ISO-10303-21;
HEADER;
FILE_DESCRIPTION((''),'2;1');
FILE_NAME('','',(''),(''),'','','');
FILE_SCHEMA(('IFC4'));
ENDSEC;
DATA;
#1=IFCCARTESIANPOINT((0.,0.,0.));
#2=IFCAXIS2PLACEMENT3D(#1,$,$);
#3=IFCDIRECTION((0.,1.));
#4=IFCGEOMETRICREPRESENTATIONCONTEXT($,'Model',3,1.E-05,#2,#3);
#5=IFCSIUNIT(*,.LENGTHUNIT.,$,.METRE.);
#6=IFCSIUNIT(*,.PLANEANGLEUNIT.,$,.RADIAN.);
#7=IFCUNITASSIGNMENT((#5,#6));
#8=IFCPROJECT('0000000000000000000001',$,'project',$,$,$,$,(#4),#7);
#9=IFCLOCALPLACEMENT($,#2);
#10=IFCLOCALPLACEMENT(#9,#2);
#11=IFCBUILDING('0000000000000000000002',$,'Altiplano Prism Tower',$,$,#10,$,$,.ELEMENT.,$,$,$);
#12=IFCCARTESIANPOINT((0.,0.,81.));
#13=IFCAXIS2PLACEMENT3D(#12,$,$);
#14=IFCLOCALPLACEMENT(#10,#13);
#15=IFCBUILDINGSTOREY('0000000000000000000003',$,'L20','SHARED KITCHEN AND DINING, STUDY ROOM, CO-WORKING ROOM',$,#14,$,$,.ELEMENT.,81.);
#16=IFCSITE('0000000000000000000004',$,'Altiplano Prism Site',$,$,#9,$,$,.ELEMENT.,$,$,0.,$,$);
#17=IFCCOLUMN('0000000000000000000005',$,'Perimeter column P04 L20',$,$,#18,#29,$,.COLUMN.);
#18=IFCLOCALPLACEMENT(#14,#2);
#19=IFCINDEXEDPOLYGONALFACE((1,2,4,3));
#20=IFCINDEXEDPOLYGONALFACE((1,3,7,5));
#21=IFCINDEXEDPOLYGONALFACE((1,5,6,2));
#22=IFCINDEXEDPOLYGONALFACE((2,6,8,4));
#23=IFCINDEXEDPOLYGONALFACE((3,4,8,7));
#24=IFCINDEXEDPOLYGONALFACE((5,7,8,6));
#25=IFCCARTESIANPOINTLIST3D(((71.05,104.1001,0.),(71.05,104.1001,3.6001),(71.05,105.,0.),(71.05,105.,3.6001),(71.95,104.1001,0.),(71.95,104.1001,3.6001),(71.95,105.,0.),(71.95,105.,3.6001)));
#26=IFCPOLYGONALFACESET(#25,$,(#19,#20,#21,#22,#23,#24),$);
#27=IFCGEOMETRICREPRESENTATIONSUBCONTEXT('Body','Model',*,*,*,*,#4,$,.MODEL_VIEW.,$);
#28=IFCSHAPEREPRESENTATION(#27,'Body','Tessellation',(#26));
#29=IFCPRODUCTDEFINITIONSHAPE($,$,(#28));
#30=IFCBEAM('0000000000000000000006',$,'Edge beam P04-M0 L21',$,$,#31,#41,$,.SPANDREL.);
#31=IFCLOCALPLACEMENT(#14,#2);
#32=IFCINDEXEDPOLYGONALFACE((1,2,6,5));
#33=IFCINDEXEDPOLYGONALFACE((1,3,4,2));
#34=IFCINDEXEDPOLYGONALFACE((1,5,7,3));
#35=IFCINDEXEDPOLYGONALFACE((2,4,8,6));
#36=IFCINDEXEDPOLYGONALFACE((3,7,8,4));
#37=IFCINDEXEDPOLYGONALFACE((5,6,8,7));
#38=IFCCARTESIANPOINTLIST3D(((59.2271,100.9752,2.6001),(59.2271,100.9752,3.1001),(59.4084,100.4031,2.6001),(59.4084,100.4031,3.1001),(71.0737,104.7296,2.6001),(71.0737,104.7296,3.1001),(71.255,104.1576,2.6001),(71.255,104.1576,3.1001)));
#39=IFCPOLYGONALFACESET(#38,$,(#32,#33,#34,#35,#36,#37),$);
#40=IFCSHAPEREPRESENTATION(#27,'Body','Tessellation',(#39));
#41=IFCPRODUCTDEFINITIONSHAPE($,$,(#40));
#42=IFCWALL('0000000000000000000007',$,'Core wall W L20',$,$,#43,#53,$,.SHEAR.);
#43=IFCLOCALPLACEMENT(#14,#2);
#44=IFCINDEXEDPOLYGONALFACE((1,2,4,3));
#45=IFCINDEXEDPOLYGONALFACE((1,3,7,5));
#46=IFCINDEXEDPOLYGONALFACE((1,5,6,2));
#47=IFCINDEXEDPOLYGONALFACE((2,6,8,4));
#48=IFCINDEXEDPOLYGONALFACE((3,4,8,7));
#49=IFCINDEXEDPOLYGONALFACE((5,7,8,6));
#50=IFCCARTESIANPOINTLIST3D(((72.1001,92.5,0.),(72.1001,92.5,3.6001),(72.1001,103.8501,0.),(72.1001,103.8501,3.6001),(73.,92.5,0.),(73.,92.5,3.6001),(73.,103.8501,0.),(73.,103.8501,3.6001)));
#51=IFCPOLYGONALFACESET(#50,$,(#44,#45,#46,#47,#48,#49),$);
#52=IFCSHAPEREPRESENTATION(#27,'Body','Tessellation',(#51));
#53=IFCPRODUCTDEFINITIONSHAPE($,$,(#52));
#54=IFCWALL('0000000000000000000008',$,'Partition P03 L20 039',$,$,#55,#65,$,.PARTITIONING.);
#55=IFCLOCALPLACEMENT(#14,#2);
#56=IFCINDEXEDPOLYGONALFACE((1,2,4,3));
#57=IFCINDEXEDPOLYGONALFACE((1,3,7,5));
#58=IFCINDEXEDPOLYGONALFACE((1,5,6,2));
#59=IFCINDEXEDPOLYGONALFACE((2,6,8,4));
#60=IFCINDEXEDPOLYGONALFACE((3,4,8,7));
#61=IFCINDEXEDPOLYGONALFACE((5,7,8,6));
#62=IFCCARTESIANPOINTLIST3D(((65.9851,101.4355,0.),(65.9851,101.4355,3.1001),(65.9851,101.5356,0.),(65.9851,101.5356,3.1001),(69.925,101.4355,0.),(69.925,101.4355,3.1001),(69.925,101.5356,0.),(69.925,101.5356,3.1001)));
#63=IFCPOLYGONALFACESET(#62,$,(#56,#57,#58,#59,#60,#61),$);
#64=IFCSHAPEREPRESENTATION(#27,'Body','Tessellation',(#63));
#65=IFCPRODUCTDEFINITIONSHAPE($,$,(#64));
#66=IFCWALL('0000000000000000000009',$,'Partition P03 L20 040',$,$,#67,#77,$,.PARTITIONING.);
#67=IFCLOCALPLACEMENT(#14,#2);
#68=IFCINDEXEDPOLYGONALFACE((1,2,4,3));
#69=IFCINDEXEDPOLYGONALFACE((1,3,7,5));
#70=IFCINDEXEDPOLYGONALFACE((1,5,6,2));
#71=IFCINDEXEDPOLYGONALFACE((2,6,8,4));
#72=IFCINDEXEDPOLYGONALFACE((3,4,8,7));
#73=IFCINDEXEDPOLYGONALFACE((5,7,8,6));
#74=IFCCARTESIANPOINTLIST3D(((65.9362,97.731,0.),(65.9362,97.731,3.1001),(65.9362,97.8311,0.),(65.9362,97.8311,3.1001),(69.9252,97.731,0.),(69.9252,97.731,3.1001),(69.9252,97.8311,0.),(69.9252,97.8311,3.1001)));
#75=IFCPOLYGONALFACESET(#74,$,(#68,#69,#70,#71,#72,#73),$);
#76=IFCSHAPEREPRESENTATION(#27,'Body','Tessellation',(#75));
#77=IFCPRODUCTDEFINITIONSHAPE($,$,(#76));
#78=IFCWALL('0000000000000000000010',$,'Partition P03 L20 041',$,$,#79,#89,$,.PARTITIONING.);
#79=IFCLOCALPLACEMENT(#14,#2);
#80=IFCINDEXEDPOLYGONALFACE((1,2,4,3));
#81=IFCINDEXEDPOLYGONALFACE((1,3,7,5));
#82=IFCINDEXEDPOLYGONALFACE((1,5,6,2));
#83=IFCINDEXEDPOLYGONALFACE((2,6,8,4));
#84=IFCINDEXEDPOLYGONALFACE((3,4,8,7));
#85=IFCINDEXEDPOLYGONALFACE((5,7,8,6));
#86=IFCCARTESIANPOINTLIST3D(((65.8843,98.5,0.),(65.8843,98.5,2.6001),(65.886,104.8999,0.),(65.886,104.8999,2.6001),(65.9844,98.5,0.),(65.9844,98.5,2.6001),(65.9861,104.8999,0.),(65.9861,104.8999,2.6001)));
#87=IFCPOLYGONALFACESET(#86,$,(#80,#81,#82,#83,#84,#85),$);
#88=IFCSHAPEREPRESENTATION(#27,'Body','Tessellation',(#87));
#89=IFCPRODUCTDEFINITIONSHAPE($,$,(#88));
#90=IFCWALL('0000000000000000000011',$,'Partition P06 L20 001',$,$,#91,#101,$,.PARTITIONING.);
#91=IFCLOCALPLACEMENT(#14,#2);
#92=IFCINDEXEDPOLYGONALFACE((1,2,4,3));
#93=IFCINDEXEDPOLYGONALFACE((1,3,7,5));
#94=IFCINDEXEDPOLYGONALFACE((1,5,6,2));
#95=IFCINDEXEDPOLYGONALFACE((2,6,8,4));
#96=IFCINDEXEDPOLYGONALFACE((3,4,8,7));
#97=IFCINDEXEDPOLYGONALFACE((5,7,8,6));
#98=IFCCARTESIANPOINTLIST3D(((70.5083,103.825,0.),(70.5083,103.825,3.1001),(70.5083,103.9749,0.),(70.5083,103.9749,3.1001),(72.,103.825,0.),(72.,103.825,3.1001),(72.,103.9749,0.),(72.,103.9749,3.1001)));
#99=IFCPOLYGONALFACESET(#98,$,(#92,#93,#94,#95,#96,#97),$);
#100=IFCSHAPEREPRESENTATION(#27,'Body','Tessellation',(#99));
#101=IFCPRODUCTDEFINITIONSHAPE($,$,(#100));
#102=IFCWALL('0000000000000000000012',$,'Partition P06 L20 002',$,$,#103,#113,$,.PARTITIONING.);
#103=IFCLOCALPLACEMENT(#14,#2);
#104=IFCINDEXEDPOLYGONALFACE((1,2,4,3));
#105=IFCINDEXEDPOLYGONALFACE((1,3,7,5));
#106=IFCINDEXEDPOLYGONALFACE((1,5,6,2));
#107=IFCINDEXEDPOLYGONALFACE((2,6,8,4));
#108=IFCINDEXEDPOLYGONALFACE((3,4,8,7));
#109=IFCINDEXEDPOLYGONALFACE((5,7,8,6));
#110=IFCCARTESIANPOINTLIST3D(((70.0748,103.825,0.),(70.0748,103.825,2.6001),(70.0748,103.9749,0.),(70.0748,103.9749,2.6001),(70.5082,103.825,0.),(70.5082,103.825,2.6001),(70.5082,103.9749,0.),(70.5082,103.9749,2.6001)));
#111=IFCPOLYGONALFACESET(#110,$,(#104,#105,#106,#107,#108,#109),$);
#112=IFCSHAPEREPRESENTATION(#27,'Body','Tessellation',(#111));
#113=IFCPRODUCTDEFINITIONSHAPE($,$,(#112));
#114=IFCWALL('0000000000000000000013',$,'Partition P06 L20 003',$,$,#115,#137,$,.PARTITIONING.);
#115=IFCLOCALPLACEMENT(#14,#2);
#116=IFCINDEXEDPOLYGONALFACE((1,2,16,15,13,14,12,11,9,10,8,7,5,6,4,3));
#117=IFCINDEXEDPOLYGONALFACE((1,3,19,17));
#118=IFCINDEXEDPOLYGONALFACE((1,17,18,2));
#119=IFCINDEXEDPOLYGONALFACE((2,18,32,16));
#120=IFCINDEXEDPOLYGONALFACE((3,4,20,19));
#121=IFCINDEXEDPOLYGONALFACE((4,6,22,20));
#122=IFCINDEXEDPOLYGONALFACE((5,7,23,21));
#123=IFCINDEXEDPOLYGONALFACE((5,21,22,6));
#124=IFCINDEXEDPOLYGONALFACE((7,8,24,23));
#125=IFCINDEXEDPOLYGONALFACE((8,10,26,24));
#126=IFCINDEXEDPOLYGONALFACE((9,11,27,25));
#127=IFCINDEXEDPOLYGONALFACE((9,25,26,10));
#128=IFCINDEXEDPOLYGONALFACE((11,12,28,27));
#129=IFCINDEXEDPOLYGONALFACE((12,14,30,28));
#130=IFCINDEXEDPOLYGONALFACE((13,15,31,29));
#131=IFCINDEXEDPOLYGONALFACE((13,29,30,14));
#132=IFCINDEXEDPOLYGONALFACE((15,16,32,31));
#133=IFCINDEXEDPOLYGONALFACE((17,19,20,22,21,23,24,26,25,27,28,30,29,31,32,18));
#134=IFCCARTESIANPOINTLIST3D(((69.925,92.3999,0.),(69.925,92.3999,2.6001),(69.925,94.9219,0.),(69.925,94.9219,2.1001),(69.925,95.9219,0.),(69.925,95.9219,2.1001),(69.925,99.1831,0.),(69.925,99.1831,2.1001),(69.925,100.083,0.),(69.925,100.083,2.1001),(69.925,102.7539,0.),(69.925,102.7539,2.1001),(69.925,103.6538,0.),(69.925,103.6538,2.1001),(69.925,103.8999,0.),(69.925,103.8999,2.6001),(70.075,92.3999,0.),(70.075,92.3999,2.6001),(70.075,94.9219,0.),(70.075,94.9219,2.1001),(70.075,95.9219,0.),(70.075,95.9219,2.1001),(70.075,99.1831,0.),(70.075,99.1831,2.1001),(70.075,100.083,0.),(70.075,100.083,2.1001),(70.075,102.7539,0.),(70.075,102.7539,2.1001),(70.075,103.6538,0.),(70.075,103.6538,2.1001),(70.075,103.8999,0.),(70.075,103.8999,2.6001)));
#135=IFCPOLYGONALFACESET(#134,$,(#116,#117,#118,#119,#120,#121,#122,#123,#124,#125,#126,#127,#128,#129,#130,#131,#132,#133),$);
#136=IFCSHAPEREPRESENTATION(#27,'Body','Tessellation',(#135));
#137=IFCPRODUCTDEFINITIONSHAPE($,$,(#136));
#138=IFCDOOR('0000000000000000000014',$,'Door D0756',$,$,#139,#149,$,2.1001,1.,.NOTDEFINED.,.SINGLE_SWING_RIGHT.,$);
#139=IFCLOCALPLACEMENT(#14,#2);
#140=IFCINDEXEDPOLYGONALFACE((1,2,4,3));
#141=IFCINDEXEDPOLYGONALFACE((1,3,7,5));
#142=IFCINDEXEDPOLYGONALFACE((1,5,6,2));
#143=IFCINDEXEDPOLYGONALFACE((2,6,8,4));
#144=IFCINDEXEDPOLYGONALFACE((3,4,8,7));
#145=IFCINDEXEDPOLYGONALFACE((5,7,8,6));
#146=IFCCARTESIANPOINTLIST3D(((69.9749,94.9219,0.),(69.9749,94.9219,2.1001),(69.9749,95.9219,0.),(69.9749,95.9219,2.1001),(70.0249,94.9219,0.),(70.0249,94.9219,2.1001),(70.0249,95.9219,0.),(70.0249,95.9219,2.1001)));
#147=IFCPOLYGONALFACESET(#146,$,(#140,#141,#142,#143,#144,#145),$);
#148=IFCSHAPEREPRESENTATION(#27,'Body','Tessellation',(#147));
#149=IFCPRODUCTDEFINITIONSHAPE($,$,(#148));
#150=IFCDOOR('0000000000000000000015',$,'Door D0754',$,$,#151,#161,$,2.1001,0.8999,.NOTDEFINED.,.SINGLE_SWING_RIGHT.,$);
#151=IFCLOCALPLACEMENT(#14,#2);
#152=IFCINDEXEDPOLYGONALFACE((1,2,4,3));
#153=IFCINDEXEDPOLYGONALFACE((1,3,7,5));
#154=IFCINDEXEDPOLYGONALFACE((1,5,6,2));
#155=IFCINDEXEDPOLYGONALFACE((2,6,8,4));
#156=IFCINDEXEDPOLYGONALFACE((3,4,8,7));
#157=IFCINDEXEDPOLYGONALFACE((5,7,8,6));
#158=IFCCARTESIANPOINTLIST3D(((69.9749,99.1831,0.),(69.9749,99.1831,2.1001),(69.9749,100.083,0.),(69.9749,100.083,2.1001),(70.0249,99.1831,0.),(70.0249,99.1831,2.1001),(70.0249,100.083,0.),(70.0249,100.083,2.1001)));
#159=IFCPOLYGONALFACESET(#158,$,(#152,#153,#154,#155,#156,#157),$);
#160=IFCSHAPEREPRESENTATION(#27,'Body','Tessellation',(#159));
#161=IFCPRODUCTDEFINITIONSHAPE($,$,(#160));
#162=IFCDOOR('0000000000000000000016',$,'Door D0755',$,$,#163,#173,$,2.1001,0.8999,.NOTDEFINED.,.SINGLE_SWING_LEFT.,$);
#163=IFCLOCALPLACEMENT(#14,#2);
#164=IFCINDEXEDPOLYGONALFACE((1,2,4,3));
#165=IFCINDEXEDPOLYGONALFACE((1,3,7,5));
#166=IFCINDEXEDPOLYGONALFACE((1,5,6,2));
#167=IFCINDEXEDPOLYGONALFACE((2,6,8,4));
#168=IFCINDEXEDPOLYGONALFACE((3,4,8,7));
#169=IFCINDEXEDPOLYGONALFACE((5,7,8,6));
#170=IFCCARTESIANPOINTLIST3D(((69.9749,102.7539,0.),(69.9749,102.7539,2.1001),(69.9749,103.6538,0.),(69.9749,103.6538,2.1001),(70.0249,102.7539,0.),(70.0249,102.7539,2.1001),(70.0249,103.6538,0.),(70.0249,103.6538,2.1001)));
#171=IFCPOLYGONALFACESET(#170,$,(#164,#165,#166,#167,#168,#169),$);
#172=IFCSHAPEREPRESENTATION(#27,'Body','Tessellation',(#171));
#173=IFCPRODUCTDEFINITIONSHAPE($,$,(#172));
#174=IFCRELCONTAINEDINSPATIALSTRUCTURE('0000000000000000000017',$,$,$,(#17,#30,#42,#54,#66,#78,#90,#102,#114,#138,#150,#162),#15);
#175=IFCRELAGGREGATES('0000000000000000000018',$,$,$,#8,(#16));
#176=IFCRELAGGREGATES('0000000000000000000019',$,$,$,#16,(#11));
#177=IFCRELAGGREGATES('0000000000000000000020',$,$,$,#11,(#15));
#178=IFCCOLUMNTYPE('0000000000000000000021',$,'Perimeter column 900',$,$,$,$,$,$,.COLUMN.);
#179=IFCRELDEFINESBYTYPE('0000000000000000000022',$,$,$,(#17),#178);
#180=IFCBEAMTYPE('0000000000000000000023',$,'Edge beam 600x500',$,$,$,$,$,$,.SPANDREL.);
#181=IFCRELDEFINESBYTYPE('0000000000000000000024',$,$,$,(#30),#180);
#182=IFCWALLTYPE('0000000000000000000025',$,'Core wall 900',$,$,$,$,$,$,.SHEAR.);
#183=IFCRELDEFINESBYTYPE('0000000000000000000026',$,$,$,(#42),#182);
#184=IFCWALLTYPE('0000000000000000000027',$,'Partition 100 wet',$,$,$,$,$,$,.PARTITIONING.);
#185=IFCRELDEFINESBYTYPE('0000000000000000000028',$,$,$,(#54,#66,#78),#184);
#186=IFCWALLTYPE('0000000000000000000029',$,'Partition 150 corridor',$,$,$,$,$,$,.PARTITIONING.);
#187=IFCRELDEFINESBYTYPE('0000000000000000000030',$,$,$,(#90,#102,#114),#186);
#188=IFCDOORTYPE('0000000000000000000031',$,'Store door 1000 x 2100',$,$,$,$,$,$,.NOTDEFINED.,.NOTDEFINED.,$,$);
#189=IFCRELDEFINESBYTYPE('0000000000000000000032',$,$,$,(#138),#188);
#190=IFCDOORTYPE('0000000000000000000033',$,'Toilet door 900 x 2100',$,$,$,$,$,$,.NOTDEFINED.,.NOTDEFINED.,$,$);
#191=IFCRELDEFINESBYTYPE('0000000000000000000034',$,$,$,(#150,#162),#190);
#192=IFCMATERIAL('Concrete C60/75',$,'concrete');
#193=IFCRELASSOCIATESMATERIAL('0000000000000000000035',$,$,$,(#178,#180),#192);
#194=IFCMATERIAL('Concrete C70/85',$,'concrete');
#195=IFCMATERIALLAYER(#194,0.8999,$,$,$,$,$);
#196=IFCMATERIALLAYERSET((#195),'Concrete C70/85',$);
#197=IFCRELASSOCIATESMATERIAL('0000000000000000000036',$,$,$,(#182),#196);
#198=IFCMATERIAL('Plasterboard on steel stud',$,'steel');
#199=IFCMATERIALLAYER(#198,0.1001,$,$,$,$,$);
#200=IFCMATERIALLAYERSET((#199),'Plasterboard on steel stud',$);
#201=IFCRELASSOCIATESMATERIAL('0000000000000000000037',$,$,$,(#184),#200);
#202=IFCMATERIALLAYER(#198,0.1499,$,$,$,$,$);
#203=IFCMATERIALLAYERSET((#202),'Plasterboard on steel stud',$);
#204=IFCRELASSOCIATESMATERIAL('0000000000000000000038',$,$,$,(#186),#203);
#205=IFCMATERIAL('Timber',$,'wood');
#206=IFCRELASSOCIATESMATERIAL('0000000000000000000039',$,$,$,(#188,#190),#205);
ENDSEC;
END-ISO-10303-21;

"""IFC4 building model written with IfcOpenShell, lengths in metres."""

from ifc_helpers import new_model, si_unit, direction, frame, frame_2d, origin, origin_2d, place, context, subcontext, project, spatial, rectangle, extrude, material, layer, layer_set, material_profile, profile_set, type_object, element, fill, save


model = new_model("IFC4")

# Units and contexts
model_context = context("Model", 3, precision=1e-05, world=origin(), true_north=direction((0.0, 1.0)))
body_context = subcontext(model_context, "Body", "Model", "MODEL_VIEW")
ifc_project = project(units=[si_unit("LENGTHUNIT", "METRE"), si_unit("PLANEANGLEUNIT", "RADIAN")], contexts=[model_context])

# Site, building, storey
site_placement = place(None, origin())
site = spatial("IfcSite", under=ifc_project, at=site_placement, Name="Altiplano Prism Site", CompositionType="ELEMENT", RefElevation=0.0)
building_placement = place(site_placement, origin())
building = spatial("IfcBuilding", under=site, at=building_placement, Name="Altiplano Prism Tower", CompositionType="ELEMENT")
storey_placement = place(building_placement, frame((0.0, 0.0, 81.0)))
storey = spatial("IfcBuildingStorey", under=building, at=storey_placement, Name="L20", Description="SHARED KITCHEN AND DINING, STUDY ROOM, CO-WORKING ROOM", CompositionType="ELEMENT", Elevation=81.0)

# Column
ifc_material_1 = material(Name="Concrete C60/75", Category="concrete")
ifc_material_profile_1 = material_profile(ifc_material_1, rectangle(XDim=0.8999, YDim=0.8999, at=origin_2d()), Name="Perimeter column 900")
ifc_profile_set_1 = profile_set([ifc_material_profile_1], Name="Concrete C60/75")
column_type = type_object("IfcColumnType", Name="Perimeter column 900", PredefinedType="COLUMN", material=ifc_profile_set_1)
column_placement = place(storey_placement, frame((71.5, 104.55, 0.0), z_axis=(0.0, 0.0, 1.0), x_axis=(1.0, 0.0, 0.0)))
element("IfcColumn", 1, at=column_placement, inside=storey, type_object=column_type, Name="Perimeter column P04 L20", PredefinedType="COLUMN", context=body_context, shape_type="SweptSolid", body=[
    extrude(rectangle(XDim=0.8999, YDim=0.8999, at=origin_2d()), origin(), (0.0, 0.0, 1.0), 3.6001),
])

# Beam
ifc_material_profile_2 = material_profile(ifc_material_1, rectangle(XDim=0.6001, YDim=0.5, at=origin_2d()), Name="Edge beam 600x500")
ifc_profile_set_2 = profile_set([ifc_material_profile_2], Name="Concrete C60/75")
beam_type = type_object("IfcBeamType", Name="Edge beam 600x500", PredefinedType="SPANDREL", material=ifc_profile_set_2)
beam_placement = place(storey_placement, frame((71.1643, 104.4436, 2.8501), z_axis=(-0.953272, -0.302113, 0.0), x_axis=(0.302113, -0.953272, 0.0)))
element("IfcBeam", 2, at=beam_placement, inside=storey, type_object=beam_type, Name="Edge beam P04-M0 L21", PredefinedType="SPANDREL", context=body_context, shape_type="SweptSolid", body=[
    extrude(rectangle(XDim=0.6001, YDim=0.5, at=origin_2d()), origin(), (0.0, 0.0, 1.0), 12.4272),
])

# Walls
ifc_material_2 = material(Name="Concrete C70/85", Category="concrete")
ifc_layer_1 = layer(ifc_material_2, 0.8999)
ifc_layer_set_1 = layer_set([ifc_layer_1], Name="Concrete C70/85")
wall_type_1 = type_object("IfcWallType", Name="Core wall 900", PredefinedType="SHEAR", material=ifc_layer_set_1)
wall_1_placement = place(storey_placement, frame((72.55, 103.8501, 0.0), z_axis=(0.0, 0.0, 1.0), x_axis=(0.0, -1.0, 0.0)))
element("IfcWall", 3, at=wall_1_placement, inside=storey, type_object=wall_type_1, Name="Core wall W L20", PredefinedType="SHEAR", context=body_context, shape_type="SweptSolid", body=[
    extrude(rectangle(XDim=11.3501, YDim=0.8999, at=frame_2d((5.675, 0.0))), origin(), (0.0, 0.0, 1.0), 3.6001),
])
ifc_material_3 = material(Name="Plasterboard on steel stud", Category="steel")
ifc_layer_2 = layer(ifc_material_3, 0.1001)
ifc_layer_set_2 = layer_set([ifc_layer_2], Name="Plasterboard on steel stud")
wall_type_2 = type_object("IfcWallType", Name="Partition 100 wet", PredefinedType="PARTITIONING", material=ifc_layer_set_2)
wall_2_placement = place(storey_placement, frame((69.925, 101.4856, 0.0), z_axis=(0.0, 0.0, 1.0), x_axis=(-1.0, 0.0, 0.0)))
element("IfcWall", 4, at=wall_2_placement, inside=storey, type_object=wall_type_2, Name="Partition P03 L20 039", PredefinedType="PARTITIONING", context=body_context, shape_type="SweptSolid", body=[
    extrude(rectangle(XDim=3.9399, YDim=0.1001, at=frame_2d((1.97, 0.0))), origin(), (0.0, 0.0, 1.0), 3.1001),
])
wall_3_placement = place(storey_placement, frame((65.936, 97.781, 0.0), z_axis=(0.0, 0.0, 1.0), x_axis=(1.0, 0.0, 0.0)))
element("IfcWall", 5, at=wall_3_placement, inside=storey, type_object=wall_type_2, Name="Partition P03 L20 040", PredefinedType="PARTITIONING", context=body_context, shape_type="SweptSolid", body=[
    extrude(rectangle(XDim=3.989, YDim=0.1001, at=frame_2d((1.9946, 0.0))), origin(), (0.0, 0.0, 1.0), 3.1001),
])
wall_4_placement = place(storey_placement, frame((65.936, 104.8999, 0.0), z_axis=(0.0, 0.0, 1.0), x_axis=(-0.000267, -1.0, 0.0)))
element("IfcWall", 6, at=wall_4_placement, inside=storey, type_object=wall_type_2, Name="Partition P03 L20 041", PredefinedType="PARTITIONING", context=body_context, shape_type="SweptSolid", body=[
    extrude(rectangle(XDim=6.3999, YDim=0.1001, at=frame_2d((3.2, 0.0))), origin(), (0.0, 0.0, 1.0), 2.6001),
])
ifc_layer_3 = layer(ifc_material_3, 0.1499)
ifc_layer_set_3 = layer_set([ifc_layer_3], Name="Plasterboard on steel stud")
wall_type_3 = type_object("IfcWallType", Name="Partition 150 corridor", PredefinedType="PARTITIONING", material=ifc_layer_set_3)
wall_5_placement = place(storey_placement, frame((72.0, 103.8999, 0.0), z_axis=(0.0, 0.0, 1.0), x_axis=(-1.0, 0.0, 0.0)))
element("IfcWall", 7, at=wall_5_placement, inside=storey, type_object=wall_type_3, Name="Partition P06 L20 001", PredefinedType="PARTITIONING", context=body_context, shape_type="SweptSolid", body=[
    extrude(rectangle(XDim=1.4917, YDim=0.1499, at=frame_2d((0.7458, 0.0))), origin(), (0.0, 0.0, 1.0), 3.1001),
])
wall_6_placement = place(storey_placement, frame((70.5083, 103.8999, 0.0), z_axis=(0.0, 0.0, 1.0), x_axis=(-1.0, 0.0, 0.0)))
element("IfcWall", 8, at=wall_6_placement, inside=storey, type_object=wall_type_3, Name="Partition P06 L20 002", PredefinedType="PARTITIONING", context=body_context, shape_type="SweptSolid", body=[
    extrude(rectangle(XDim=0.4333, YDim=0.1499, at=frame_2d((0.2168, 0.0))), origin(), (0.0, 0.0, 1.0), 2.6001),
])

# Wall, openings, doors
wall_7_placement = place(storey_placement, frame((70.0, 103.8999, 0.0), z_axis=(0.0, 0.0, 1.0), x_axis=(0.0, -1.0, 0.0)))
wall_7 = element("IfcWall", 9, at=wall_7_placement, inside=storey, type_object=wall_type_3, Name="Partition P06 L20 003", PredefinedType="PARTITIONING", context=body_context, shape_type="SweptSolid", body=[
    extrude(rectangle(XDim=11.5, YDim=0.1499, at=frame_2d((5.75, 0.0))), origin(), (0.0, 0.0, 1.0), 2.6001),
])
opening_1_placement = place(wall_7_placement, frame((3.8169, 0.0, 0.0)))
opening_1 = element("IfcOpeningElement", 10, at=opening_1_placement, cuts=wall_7, PredefinedType="OPENING", context=body_context, shape_type="SweptSolid", body=[
    extrude(rectangle(XDim=0.8999, YDim=2.1001, at=frame_2d((0.45, 1.05))), frame((0.0, 0.0854, 0.0), z_axis=(0.0, -1.0, 0.0), x_axis=(1.0, 0.0, 0.0)), (0.0, 0.0, 1.0), 0.1709),
])
opening_2_placement = place(wall_7_placement, frame((0.2461, 0.0, 0.0)))
opening_2 = element("IfcOpeningElement", 11, at=opening_2_placement, cuts=wall_7, PredefinedType="OPENING", context=body_context, shape_type="SweptSolid", body=[
    extrude(rectangle(XDim=0.8999, YDim=2.1001, at=frame_2d((0.45, 1.05))), frame((0.0, 0.0854, 0.0), z_axis=(0.0, -1.0, 0.0), x_axis=(1.0, 0.0, 0.0)), (0.0, 0.0, 1.0), 0.1709),
])
opening_3_placement = place(wall_7_placement, frame((7.978, 0.0, 0.0)))
opening_3 = element("IfcOpeningElement", 12, at=opening_3_placement, cuts=wall_7, PredefinedType="OPENING", context=body_context, shape_type="SweptSolid", body=[
    extrude(rectangle(XDim=1.0, YDim=2.1001, at=frame_2d((0.5, 1.05))), frame((0.0, 0.0854, 0.0), z_axis=(0.0, -1.0, 0.0), x_axis=(1.0, 0.0, 0.0)), (0.0, 0.0, 1.0), 0.1709),
])
ifc_material_4 = material(Name="Timber", Category="wood")
door_type_1 = type_object("IfcDoorType", Name="Store door 1000 x 2100", OperationType="NOTDEFINED", PredefinedType="NOTDEFINED", material=ifc_material_4)
door_1_placement = place(opening_3_placement, origin())
door_1 = element("IfcDoor", 13, at=door_1_placement, inside=storey, type_object=door_type_1, Name="Door D0756", OperationType="SINGLE_SWING_RIGHT", OverallHeight=2.1001, OverallWidth=1.0, PredefinedType="NOTDEFINED", context=body_context, shape_type="SweptSolid", body=[
    extrude(rectangle(XDim=1.0, YDim=2.1001, at=frame_2d((0.5, 1.05))), frame((0.0, 0.0249, 0.0), z_axis=(0.0, -1.0, 0.0), x_axis=(1.0, 0.0, 0.0)), (0.0, 0.0, 1.0), 0.05),
])
fill(opening_3, door_1)
door_type_2 = type_object("IfcDoorType", Name="Toilet door 900 x 2100", OperationType="NOTDEFINED", PredefinedType="NOTDEFINED", material=ifc_material_4)
door_2_placement = place(opening_1_placement, origin())
door_2 = element("IfcDoor", 14, at=door_2_placement, inside=storey, type_object=door_type_2, Name="Door D0754", OperationType="SINGLE_SWING_RIGHT", OverallHeight=2.1001, OverallWidth=0.8999, PredefinedType="NOTDEFINED", context=body_context, shape_type="SweptSolid", body=[
    extrude(rectangle(XDim=0.8999, YDim=2.1001, at=frame_2d((0.45, 1.05))), frame((0.0, 0.0249, 0.0), z_axis=(0.0, -1.0, 0.0), x_axis=(1.0, 0.0, 0.0)), (0.0, 0.0, 1.0), 0.05),
])
fill(opening_1, door_2)
door_3_placement = place(opening_2_placement, origin())
door_3 = element("IfcDoor", 15, at=door_3_placement, inside=storey, type_object=door_type_2, Name="Door D0755", OperationType="SINGLE_SWING_LEFT", OverallHeight=2.1001, OverallWidth=0.8999, PredefinedType="NOTDEFINED", context=body_context, shape_type="SweptSolid", body=[
    extrude(rectangle(XDim=0.8999, YDim=2.1001, at=frame_2d((0.45, 1.05))), frame((0.0, 0.0249, 0.0), z_axis=(0.0, -1.0, 0.0), x_axis=(1.0, 0.0, 0.0)), (0.0, 0.0, 1.0), 0.05),
])
fill(opening_2, door_3)

save(model, "model.ifc")
